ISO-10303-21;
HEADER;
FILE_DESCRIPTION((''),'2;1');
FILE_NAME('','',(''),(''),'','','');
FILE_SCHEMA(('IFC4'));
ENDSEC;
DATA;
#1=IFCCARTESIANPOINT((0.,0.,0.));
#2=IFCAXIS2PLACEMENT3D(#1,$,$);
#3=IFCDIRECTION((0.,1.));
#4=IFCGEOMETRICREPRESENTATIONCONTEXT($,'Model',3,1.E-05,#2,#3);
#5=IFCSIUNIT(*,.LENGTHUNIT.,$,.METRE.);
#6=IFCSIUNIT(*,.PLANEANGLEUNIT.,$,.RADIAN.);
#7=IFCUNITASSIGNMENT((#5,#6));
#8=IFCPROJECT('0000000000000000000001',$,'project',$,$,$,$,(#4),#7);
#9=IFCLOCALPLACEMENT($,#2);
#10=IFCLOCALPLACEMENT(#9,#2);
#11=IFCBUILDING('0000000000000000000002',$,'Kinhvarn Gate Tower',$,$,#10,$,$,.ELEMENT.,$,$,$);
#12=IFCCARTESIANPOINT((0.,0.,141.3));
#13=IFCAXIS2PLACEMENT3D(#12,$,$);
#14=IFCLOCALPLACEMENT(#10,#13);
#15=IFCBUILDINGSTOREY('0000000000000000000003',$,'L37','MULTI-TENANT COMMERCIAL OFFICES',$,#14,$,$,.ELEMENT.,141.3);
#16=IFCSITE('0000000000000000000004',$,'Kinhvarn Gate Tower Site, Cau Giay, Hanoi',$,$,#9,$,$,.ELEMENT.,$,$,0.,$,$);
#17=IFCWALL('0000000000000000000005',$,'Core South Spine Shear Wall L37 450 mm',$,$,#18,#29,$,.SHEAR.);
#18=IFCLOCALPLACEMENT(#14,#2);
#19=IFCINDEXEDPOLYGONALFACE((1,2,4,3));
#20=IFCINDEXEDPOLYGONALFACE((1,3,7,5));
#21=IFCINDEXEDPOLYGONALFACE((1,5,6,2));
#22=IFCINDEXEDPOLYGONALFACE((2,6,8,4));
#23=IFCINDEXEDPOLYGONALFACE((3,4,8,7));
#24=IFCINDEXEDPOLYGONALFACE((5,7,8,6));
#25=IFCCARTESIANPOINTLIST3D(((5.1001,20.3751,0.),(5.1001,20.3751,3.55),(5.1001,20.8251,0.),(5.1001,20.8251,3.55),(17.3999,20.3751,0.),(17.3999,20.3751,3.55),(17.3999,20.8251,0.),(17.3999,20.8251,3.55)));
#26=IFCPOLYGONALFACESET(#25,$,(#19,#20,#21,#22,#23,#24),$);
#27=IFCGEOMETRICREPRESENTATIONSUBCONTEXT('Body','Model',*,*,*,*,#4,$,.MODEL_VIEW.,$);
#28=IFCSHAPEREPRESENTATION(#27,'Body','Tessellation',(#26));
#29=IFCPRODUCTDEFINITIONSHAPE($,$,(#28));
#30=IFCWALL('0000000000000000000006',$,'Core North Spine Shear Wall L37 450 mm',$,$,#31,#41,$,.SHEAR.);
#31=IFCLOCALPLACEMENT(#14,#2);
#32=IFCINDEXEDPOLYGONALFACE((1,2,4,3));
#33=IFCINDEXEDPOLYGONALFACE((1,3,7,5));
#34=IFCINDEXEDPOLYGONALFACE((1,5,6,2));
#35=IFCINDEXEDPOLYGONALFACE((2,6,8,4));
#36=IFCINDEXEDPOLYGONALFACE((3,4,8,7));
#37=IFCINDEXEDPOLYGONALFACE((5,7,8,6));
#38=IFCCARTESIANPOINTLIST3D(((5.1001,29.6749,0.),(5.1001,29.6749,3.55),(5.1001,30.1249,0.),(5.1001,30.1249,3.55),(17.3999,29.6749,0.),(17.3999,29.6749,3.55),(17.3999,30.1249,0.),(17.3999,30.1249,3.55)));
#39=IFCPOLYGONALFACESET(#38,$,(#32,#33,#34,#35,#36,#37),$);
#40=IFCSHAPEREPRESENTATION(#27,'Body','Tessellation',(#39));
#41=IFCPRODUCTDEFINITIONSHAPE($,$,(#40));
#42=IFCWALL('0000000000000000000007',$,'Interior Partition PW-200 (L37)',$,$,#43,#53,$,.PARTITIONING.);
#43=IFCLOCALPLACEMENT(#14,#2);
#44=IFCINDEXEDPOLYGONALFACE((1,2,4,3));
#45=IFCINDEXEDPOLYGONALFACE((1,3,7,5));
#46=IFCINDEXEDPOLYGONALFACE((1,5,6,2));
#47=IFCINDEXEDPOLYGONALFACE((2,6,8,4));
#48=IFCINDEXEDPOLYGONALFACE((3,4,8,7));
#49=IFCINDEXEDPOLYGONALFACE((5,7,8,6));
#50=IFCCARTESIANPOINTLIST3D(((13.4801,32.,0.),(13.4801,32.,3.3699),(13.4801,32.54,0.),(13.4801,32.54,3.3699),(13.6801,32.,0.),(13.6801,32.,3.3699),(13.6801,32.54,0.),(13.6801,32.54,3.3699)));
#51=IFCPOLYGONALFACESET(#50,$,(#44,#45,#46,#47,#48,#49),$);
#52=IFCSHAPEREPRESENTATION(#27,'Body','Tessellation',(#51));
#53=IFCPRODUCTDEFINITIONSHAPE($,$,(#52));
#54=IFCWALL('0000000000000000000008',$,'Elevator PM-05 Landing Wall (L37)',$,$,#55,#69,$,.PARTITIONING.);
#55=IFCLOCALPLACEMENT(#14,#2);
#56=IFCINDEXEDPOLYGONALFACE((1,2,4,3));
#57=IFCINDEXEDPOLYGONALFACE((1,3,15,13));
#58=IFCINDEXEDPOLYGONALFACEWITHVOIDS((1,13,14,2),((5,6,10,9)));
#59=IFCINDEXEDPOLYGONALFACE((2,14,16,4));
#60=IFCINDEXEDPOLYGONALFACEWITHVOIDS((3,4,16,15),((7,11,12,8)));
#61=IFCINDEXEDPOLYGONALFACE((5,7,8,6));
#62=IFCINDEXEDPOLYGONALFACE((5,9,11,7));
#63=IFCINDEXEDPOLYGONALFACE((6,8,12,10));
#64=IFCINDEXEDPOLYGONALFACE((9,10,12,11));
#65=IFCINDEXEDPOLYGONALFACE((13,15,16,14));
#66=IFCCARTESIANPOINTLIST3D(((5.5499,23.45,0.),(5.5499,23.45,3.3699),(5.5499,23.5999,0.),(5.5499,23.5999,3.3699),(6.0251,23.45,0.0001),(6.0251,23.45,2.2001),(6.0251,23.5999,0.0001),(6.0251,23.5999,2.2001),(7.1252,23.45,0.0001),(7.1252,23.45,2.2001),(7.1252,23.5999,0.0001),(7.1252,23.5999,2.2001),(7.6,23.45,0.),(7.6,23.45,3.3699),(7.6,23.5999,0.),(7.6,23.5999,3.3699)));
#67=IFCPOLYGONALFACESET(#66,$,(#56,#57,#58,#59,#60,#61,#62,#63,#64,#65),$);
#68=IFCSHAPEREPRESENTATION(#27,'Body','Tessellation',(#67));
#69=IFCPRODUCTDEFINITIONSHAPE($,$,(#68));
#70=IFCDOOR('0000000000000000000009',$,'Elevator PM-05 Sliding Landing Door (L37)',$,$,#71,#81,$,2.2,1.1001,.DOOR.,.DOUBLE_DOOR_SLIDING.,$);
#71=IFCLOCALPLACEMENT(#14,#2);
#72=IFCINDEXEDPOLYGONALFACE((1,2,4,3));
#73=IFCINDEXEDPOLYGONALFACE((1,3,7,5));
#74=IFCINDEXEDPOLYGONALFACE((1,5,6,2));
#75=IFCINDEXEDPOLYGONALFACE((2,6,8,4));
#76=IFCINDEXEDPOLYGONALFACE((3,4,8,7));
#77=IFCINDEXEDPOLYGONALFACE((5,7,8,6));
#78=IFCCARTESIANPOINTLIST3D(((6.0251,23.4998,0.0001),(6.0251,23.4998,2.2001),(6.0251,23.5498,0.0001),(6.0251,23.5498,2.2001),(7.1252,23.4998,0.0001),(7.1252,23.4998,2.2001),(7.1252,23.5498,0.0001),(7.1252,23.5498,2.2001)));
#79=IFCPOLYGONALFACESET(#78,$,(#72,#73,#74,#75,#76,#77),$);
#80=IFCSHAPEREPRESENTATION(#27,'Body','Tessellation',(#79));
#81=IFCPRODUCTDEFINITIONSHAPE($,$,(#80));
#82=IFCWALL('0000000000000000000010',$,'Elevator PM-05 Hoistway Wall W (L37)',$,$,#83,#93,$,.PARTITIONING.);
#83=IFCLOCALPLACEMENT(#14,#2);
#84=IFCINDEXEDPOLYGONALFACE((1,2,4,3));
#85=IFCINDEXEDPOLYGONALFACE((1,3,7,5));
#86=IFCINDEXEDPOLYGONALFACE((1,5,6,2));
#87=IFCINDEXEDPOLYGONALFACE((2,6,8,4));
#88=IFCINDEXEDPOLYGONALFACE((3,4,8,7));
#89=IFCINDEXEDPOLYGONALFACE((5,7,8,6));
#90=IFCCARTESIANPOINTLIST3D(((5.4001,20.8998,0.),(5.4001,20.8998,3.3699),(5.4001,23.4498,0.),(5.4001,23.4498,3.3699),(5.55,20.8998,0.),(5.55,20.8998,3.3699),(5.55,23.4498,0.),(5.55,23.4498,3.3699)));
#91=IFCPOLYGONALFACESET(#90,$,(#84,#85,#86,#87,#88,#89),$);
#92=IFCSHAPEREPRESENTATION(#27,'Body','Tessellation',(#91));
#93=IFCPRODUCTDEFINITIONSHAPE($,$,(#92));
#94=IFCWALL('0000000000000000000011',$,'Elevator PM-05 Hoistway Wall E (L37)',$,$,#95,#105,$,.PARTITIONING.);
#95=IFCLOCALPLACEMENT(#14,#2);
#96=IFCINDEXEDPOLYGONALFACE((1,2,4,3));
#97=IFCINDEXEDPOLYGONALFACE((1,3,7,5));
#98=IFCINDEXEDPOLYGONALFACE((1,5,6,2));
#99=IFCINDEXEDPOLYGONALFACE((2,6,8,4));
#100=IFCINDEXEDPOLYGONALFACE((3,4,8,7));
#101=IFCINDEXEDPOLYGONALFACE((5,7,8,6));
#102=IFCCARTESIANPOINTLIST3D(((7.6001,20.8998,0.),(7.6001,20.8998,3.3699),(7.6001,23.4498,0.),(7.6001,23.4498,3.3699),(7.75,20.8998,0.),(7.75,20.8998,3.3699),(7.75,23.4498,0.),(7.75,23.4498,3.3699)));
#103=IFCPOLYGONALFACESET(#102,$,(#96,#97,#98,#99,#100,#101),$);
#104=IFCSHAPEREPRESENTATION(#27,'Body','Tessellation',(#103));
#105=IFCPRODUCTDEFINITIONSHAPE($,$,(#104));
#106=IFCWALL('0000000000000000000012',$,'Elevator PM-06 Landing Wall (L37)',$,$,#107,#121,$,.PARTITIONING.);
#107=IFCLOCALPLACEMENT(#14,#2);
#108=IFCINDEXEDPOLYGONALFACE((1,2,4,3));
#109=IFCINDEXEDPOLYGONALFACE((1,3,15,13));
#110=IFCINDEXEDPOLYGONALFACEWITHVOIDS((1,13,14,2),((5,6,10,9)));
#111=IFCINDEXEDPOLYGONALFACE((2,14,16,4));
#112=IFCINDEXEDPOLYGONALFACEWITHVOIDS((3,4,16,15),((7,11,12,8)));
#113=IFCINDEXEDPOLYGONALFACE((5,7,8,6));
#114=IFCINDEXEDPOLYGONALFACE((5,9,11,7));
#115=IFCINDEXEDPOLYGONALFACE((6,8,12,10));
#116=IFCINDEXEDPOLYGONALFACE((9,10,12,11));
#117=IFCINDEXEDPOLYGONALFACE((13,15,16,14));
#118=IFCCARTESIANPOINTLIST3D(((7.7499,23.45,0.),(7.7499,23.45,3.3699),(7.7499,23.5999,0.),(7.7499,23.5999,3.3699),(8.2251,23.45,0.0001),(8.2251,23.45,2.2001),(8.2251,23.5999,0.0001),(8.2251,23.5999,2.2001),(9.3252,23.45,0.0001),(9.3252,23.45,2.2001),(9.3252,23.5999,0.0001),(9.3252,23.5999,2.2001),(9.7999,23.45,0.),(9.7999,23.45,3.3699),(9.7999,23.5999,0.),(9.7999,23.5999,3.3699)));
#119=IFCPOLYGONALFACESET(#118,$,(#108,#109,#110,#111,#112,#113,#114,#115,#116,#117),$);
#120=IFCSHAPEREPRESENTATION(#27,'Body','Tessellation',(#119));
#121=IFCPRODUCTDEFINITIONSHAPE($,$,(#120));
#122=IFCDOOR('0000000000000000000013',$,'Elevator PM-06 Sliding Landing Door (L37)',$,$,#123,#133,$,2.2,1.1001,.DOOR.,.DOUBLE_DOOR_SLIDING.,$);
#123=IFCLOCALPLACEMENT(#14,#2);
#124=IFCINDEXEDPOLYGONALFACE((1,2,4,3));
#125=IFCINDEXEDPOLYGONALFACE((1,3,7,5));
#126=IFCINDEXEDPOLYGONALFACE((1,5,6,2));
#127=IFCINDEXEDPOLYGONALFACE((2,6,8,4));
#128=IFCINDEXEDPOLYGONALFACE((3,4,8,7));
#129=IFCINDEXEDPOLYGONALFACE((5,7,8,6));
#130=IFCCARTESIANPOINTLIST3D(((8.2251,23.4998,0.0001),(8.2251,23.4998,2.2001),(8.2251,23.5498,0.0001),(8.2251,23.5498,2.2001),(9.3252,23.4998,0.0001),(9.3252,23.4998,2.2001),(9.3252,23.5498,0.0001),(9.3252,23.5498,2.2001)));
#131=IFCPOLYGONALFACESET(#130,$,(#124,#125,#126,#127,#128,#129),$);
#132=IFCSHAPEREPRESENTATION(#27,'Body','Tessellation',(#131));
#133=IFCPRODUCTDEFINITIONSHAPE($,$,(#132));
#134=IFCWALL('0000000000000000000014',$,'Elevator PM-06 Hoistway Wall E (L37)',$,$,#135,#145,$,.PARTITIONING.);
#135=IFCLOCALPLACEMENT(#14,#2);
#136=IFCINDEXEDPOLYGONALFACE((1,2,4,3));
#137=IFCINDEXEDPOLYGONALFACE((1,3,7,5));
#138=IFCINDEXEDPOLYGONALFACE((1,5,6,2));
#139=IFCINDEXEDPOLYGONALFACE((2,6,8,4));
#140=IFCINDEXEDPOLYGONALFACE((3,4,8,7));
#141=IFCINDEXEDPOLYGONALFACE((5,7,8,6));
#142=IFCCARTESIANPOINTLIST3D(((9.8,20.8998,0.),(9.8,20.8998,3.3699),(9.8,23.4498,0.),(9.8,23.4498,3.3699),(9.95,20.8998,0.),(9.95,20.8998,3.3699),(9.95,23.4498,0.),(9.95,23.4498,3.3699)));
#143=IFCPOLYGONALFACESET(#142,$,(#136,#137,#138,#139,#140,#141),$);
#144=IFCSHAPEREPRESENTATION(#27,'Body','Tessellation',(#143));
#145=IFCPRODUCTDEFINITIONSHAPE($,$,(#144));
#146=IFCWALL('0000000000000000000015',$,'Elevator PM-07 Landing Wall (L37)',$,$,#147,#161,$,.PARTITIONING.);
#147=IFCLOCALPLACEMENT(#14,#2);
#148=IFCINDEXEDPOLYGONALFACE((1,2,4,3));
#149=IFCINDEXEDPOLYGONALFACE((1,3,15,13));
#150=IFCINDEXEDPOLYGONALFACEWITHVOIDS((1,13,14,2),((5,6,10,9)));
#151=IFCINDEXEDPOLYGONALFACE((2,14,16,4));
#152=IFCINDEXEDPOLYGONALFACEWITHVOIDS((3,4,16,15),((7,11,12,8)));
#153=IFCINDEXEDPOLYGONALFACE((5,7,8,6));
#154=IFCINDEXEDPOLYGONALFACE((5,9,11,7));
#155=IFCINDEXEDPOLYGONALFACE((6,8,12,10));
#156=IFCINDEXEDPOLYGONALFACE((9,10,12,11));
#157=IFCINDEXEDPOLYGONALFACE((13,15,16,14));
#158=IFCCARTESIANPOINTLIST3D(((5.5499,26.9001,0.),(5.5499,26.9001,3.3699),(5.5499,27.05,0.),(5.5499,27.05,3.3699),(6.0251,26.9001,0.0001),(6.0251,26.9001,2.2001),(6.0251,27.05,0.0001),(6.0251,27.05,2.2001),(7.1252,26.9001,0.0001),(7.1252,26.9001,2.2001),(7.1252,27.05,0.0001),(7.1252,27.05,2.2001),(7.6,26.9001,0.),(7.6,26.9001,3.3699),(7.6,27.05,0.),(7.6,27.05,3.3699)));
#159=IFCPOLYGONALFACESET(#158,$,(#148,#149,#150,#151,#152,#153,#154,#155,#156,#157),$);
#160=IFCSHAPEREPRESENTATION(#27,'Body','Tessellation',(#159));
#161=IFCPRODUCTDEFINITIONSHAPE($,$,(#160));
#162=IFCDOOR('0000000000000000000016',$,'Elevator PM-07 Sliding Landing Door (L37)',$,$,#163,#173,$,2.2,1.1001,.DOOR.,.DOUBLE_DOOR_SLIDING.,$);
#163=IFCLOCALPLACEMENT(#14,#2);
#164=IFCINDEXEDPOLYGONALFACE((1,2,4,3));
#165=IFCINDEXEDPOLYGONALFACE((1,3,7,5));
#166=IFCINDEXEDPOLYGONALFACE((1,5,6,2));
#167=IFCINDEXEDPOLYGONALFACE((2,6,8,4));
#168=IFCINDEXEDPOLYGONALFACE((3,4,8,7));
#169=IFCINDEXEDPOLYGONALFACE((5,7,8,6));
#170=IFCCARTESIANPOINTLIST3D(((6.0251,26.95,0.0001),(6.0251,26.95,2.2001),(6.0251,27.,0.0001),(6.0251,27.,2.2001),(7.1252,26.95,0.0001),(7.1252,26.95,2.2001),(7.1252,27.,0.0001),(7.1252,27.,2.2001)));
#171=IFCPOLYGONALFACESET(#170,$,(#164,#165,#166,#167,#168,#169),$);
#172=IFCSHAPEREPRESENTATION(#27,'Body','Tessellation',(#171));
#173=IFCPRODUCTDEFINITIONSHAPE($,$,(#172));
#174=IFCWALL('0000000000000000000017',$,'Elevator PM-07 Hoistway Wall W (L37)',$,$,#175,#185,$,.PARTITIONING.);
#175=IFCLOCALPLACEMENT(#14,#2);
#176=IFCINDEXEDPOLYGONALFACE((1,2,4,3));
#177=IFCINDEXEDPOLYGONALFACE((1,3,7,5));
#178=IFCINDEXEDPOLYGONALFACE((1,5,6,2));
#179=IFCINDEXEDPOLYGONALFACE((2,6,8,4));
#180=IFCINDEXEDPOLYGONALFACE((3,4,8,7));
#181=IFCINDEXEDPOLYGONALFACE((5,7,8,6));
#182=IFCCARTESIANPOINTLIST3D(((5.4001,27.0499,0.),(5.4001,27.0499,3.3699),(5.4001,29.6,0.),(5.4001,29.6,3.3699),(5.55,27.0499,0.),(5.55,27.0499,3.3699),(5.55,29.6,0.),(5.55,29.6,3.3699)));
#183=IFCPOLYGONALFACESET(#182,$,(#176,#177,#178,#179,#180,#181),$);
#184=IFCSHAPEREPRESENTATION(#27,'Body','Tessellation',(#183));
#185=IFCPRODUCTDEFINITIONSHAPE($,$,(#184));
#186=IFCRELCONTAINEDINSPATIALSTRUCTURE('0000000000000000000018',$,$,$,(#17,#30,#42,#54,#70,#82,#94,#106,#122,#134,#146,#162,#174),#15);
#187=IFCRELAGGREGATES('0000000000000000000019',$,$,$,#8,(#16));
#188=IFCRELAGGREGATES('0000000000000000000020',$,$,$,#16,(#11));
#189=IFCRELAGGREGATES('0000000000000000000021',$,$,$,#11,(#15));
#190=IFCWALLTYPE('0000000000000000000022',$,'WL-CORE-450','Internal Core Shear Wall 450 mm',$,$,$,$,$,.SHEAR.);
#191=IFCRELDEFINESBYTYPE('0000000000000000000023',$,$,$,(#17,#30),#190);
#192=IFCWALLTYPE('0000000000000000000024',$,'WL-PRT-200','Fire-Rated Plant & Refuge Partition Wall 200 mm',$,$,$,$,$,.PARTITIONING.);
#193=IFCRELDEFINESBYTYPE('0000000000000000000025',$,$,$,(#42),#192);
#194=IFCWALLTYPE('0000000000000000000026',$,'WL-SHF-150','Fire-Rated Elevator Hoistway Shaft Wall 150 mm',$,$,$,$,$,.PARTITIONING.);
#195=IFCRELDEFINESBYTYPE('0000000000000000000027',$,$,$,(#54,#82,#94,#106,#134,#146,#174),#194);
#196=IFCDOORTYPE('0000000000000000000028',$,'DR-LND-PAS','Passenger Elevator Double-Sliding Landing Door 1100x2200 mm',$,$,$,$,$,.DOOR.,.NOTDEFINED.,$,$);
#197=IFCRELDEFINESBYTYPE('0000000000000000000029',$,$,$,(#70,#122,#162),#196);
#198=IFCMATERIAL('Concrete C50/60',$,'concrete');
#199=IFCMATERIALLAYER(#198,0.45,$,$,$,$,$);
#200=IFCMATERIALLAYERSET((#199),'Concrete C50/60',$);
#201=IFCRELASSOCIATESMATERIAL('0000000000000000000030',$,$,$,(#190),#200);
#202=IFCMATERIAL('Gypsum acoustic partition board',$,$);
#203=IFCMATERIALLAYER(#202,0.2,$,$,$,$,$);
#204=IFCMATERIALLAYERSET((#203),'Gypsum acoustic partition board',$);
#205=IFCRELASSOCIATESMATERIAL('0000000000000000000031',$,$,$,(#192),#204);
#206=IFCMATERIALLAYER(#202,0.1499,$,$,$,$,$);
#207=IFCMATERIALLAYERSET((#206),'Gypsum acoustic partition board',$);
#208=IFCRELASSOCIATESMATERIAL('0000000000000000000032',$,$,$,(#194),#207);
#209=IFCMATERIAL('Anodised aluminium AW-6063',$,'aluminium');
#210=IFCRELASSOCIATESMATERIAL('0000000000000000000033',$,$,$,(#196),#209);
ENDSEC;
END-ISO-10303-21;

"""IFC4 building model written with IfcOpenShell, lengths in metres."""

from ifc_helpers import new_model, si_unit, direction, frame, frame_2d, origin, place, context, subcontext, project, spatial, rectangle, extrude, material, layer, layer_set, type_object, element, fill, save


model = new_model("IFC4")

# Units and contexts
model_context = context("Model", 3, precision=1e-05, world=origin(), true_north=direction((0.0, 1.0)))
body_context = subcontext(model_context, "Body", "Model", "MODEL_VIEW")
ifc_project = project(units=[si_unit("LENGTHUNIT", "METRE"), si_unit("PLANEANGLEUNIT", "RADIAN")], contexts=[model_context])

# Site, building, storey
site_placement = place(None, origin())
site = spatial("IfcSite", under=ifc_project, at=site_placement, Name="Kinhvarn Gate Tower Site, Cau Giay, Hanoi", CompositionType="ELEMENT", RefElevation=0.0)
building_placement = place(site_placement, origin())
building = spatial("IfcBuilding", under=site, at=building_placement, Name="Kinhvarn Gate Tower", CompositionType="ELEMENT")
storey_placement = place(building_placement, frame((0.0, 0.0, 141.3)))
storey = spatial("IfcBuildingStorey", under=building, at=storey_placement, Name="L37", Description="MULTI-TENANT COMMERCIAL OFFICES", CompositionType="ELEMENT", Elevation=141.3)

# Walls
ifc_material_1 = material(Name="Concrete C50/60", Category="concrete")
ifc_layer_1 = layer(ifc_material_1, 0.45)
ifc_layer_set_1 = layer_set([ifc_layer_1], Name="Concrete C50/60")
wall_type_1 = type_object("IfcWallType", Name="WL-CORE-450", Description="Internal Core Shear Wall 450 mm", PredefinedType="SHEAR", material=ifc_layer_set_1)
for number, where, z_axis, x_axis, name in (
    (1, (5.1001, 20.6001, 0.0), (0.0, 0.0, 1.0), (1.0, 0.0, 0.0), "Core South Spine Shear Wall L37 450 mm"),
    (2, (5.1001, 29.8999, 0.0), (0.0, 0.0, 1.0), (1.0, 0.0, 0.0), "Core North Spine Shear Wall L37 450 mm"),
):
    element("IfcWall", number, at=place(storey_placement, frame(where, z_axis=z_axis, x_axis=x_axis)), inside=storey, type_object=wall_type_1, Name=name, PredefinedType="SHEAR", context=body_context, shape_type="SweptSolid", body=[
        extrude(rectangle(XDim=12.2998, YDim=0.45, at=frame_2d((6.1499, 0.0))), origin(), (0.0, 0.0, 1.0), 3.55),
    ])
ifc_material_2 = material(Name="Gypsum acoustic partition board")
ifc_layer_2 = layer(ifc_material_2, 0.2)
ifc_layer_set_2 = layer_set([ifc_layer_2], Name="Gypsum acoustic partition board")
wall_type_2 = type_object("IfcWallType", Name="WL-PRT-200", Description="Fire-Rated Plant & Refuge Partition Wall 200 mm", PredefinedType="PARTITIONING", material=ifc_layer_set_2)
wall_1_placement = place(storey_placement, frame((13.5801, 32.0, 0.0), z_axis=(0.0, 0.0, 1.0), x_axis=(0.0, 1.0, 0.0)))
element("IfcWall", 3, at=wall_1_placement, inside=storey, type_object=wall_type_2, Name="Interior Partition PW-200 (L37)", PredefinedType="PARTITIONING", context=body_context, shape_type="SweptSolid", body=[
    extrude(rectangle(XDim=0.54, YDim=0.2, at=frame_2d((0.27, 0.0))), origin(), (0.0, 0.0, 1.0), 3.3699),
])

# Wall, opening, door
ifc_layer_3 = layer(ifc_material_2, 0.1499)
ifc_layer_set_3 = layer_set([ifc_layer_3], Name="Gypsum acoustic partition board")
wall_type_3 = type_object("IfcWallType", Name="WL-SHF-150", Description="Fire-Rated Elevator Hoistway Shaft Wall 150 mm", PredefinedType="PARTITIONING", material=ifc_layer_set_3)
wall_2_placement = place(storey_placement, frame((5.55, 23.5249, 0.0), z_axis=(0.0, 0.0, 1.0), x_axis=(1.0, 0.0, 0.0)))
wall_2 = element("IfcWall", 4, at=wall_2_placement, inside=storey, type_object=wall_type_3, Name="Elevator PM-05 Landing Wall (L37)", PredefinedType="PARTITIONING", context=body_context, shape_type="SweptSolid", body=[
    extrude(rectangle(XDim=2.05, YDim=0.1499, at=frame_2d((1.0249, 0.0))), origin(), (0.0, 0.0, 1.0), 3.3699),
])
opening_1_placement = place(wall_2_placement, frame((0.4751, 0.0, 0.0)))
opening_1 = element("IfcOpeningElement", 5, at=opening_1_placement, cuts=wall_2, PredefinedType="OPENING", context=body_context, shape_type="SweptSolid", body=[
    extrude(rectangle(XDim=1.1001, YDim=2.2, at=frame_2d((0.55, 1.1001))), frame((0.0, 0.085, 0.0), z_axis=(0.0, -1.0, 0.0), x_axis=(1.0, 0.0, 0.0)), (0.0, 0.0, 1.0), 0.1699),
])
ifc_material_3 = material(Name="Anodised aluminium AW-6063", Category="aluminium")
door_type_1 = type_object("IfcDoorType", Name="DR-LND-PAS", Description="Passenger Elevator Double-Sliding Landing Door 1100x2200 mm", OperationType="NOTDEFINED", PredefinedType="DOOR", material=ifc_material_3)
door_1_placement = place(opening_1_placement, origin())
door_1 = element("IfcDoor", 6, at=door_1_placement, inside=storey, type_object=door_type_1, Name="Elevator PM-05 Sliding Landing Door (L37)", OperationType="DOUBLE_DOOR_SLIDING", OverallHeight=2.2, OverallWidth=1.1001, PredefinedType="DOOR", context=body_context, shape_type="SweptSolid", body=[
    extrude(rectangle(XDim=1.1001, YDim=2.2, at=frame_2d((0.55, 1.1001))), frame((0.0, 0.0249, 0.0), z_axis=(0.0, -1.0, 0.0), x_axis=(1.0, 0.0, 0.0)), (0.0, 0.0, 1.0), 0.05),
])
fill(opening_1, door_1)

# Walls
for number, where, z_axis, x_axis, name in (
    (7, (5.4751, 20.8999, 0.0), (0.0, 0.0, 1.0), (0.0, 1.0, 0.0), "Elevator PM-05 Hoistway Wall W (L37)"),
    (8, (7.675, 20.8999, 0.0), (0.0, 0.0, 1.0), (0.0, 1.0, 0.0), "Elevator PM-05 Hoistway Wall E (L37)"),
):
    element("IfcWall", number, at=place(storey_placement, frame(where, z_axis=z_axis, x_axis=x_axis)), inside=storey, type_object=wall_type_3, Name=name, PredefinedType="PARTITIONING", context=body_context, shape_type="SweptSolid", body=[
        extrude(rectangle(XDim=2.55, YDim=0.1499, at=frame_2d((1.2749, 0.0))), origin(), (0.0, 0.0, 1.0), 3.3699),
    ])

# Wall, opening, door
wall_3_placement = place(storey_placement, frame((7.75, 23.5249, 0.0), z_axis=(0.0, 0.0, 1.0), x_axis=(1.0, 0.0, 0.0)))
wall_3 = element("IfcWall", 9, at=wall_3_placement, inside=storey, type_object=wall_type_3, Name="Elevator PM-06 Landing Wall (L37)", PredefinedType="PARTITIONING", context=body_context, shape_type="SweptSolid", body=[
    extrude(rectangle(XDim=2.05, YDim=0.1499, at=frame_2d((1.0249, 0.0))), origin(), (0.0, 0.0, 1.0), 3.3699),
])
opening_2_placement = place(wall_3_placement, frame((0.4751, 0.0, 0.0)))
opening_2 = element("IfcOpeningElement", 10, at=opening_2_placement, cuts=wall_3, PredefinedType="OPENING", context=body_context, shape_type="SweptSolid", body=[
    extrude(rectangle(XDim=1.1001, YDim=2.2, at=frame_2d((0.55, 1.1001))), frame((0.0, 0.085, 0.0), z_axis=(0.0, -1.0, 0.0), x_axis=(1.0, 0.0, 0.0)), (0.0, 0.0, 1.0), 0.1699),
])
door_2_placement = place(opening_2_placement, origin())
door_2 = element("IfcDoor", 11, at=door_2_placement, inside=storey, type_object=door_type_1, Name="Elevator PM-06 Sliding Landing Door (L37)", OperationType="DOUBLE_DOOR_SLIDING", OverallHeight=2.2, OverallWidth=1.1001, PredefinedType="DOOR", context=body_context, shape_type="SweptSolid", body=[
    extrude(rectangle(XDim=1.1001, YDim=2.2, at=frame_2d((0.55, 1.1001))), frame((0.0, 0.0249, 0.0), z_axis=(0.0, -1.0, 0.0), x_axis=(1.0, 0.0, 0.0)), (0.0, 0.0, 1.0), 0.05),
])
fill(opening_2, door_2)

# Wall
wall_4_placement = place(storey_placement, frame((9.875, 20.8999, 0.0), z_axis=(0.0, 0.0, 1.0), x_axis=(0.0, 1.0, 0.0)))
element("IfcWall", 12, at=wall_4_placement, inside=storey, type_object=wall_type_3, Name="Elevator PM-06 Hoistway Wall E (L37)", PredefinedType="PARTITIONING", context=body_context, shape_type="SweptSolid", body=[
    extrude(rectangle(XDim=2.55, YDim=0.1499, at=frame_2d((1.2749, 0.0))), origin(), (0.0, 0.0, 1.0), 3.3699),
])

# Wall, opening, door
wall_5_placement = place(storey_placement, frame((5.55, 26.9751, 0.0), z_axis=(0.0, 0.0, 1.0), x_axis=(1.0, 0.0, 0.0)))
wall_5 = element("IfcWall", 13, at=wall_5_placement, inside=storey, type_object=wall_type_3, Name="Elevator PM-07 Landing Wall (L37)", PredefinedType="PARTITIONING", context=body_context, shape_type="SweptSolid", body=[
    extrude(rectangle(XDim=2.05, YDim=0.1499, at=frame_2d((1.0249, 0.0))), origin(), (0.0, 0.0, 1.0), 3.3699),
])
opening_3_placement = place(wall_5_placement, frame((0.4751, 0.0, 0.0)))
opening_3 = element("IfcOpeningElement", 14, at=opening_3_placement, cuts=wall_5, PredefinedType="OPENING", context=body_context, shape_type="SweptSolid", body=[
    extrude(rectangle(XDim=1.1001, YDim=2.2, at=frame_2d((0.55, 1.1001))), frame((0.0, 0.085, 0.0), z_axis=(0.0, -1.0, 0.0), x_axis=(1.0, 0.0, 0.0)), (0.0, 0.0, 1.0), 0.1699),
])
door_3_placement = place(opening_3_placement, origin())
door_3 = element("IfcDoor", 15, at=door_3_placement, inside=storey, type_object=door_type_1, Name="Elevator PM-07 Sliding Landing Door (L37)", OperationType="DOUBLE_DOOR_SLIDING", OverallHeight=2.2, OverallWidth=1.1001, PredefinedType="DOOR", context=body_context, shape_type="SweptSolid", body=[
    extrude(rectangle(XDim=1.1001, YDim=2.2, at=frame_2d((0.55, 1.1001))), frame((0.0, 0.0249, 0.0), z_axis=(0.0, -1.0, 0.0), x_axis=(1.0, 0.0, 0.0)), (0.0, 0.0, 1.0), 0.05),
])
fill(opening_3, door_3)

# Wall
for number, where, z_axis, x_axis, name in (
    (16, (5.4751, 27.05, 0.0), (0.0, 0.0, 1.0), (0.0, 1.0, 0.0), "Elevator PM-07 Hoistway Wall W (L37)"),
):
    element("IfcWall", number, at=place(storey_placement, frame(where, z_axis=z_axis, x_axis=x_axis)), inside=storey, type_object=wall_type_3, Name=name, PredefinedType="PARTITIONING", context=body_context, shape_type="SweptSolid", body=[
        extrude(rectangle(XDim=2.55, YDim=0.1499, at=frame_2d((1.2749, 0.0))), origin(), (0.0, 0.0, 1.0), 3.3699),
    ])

save(model, "model.ifc")
